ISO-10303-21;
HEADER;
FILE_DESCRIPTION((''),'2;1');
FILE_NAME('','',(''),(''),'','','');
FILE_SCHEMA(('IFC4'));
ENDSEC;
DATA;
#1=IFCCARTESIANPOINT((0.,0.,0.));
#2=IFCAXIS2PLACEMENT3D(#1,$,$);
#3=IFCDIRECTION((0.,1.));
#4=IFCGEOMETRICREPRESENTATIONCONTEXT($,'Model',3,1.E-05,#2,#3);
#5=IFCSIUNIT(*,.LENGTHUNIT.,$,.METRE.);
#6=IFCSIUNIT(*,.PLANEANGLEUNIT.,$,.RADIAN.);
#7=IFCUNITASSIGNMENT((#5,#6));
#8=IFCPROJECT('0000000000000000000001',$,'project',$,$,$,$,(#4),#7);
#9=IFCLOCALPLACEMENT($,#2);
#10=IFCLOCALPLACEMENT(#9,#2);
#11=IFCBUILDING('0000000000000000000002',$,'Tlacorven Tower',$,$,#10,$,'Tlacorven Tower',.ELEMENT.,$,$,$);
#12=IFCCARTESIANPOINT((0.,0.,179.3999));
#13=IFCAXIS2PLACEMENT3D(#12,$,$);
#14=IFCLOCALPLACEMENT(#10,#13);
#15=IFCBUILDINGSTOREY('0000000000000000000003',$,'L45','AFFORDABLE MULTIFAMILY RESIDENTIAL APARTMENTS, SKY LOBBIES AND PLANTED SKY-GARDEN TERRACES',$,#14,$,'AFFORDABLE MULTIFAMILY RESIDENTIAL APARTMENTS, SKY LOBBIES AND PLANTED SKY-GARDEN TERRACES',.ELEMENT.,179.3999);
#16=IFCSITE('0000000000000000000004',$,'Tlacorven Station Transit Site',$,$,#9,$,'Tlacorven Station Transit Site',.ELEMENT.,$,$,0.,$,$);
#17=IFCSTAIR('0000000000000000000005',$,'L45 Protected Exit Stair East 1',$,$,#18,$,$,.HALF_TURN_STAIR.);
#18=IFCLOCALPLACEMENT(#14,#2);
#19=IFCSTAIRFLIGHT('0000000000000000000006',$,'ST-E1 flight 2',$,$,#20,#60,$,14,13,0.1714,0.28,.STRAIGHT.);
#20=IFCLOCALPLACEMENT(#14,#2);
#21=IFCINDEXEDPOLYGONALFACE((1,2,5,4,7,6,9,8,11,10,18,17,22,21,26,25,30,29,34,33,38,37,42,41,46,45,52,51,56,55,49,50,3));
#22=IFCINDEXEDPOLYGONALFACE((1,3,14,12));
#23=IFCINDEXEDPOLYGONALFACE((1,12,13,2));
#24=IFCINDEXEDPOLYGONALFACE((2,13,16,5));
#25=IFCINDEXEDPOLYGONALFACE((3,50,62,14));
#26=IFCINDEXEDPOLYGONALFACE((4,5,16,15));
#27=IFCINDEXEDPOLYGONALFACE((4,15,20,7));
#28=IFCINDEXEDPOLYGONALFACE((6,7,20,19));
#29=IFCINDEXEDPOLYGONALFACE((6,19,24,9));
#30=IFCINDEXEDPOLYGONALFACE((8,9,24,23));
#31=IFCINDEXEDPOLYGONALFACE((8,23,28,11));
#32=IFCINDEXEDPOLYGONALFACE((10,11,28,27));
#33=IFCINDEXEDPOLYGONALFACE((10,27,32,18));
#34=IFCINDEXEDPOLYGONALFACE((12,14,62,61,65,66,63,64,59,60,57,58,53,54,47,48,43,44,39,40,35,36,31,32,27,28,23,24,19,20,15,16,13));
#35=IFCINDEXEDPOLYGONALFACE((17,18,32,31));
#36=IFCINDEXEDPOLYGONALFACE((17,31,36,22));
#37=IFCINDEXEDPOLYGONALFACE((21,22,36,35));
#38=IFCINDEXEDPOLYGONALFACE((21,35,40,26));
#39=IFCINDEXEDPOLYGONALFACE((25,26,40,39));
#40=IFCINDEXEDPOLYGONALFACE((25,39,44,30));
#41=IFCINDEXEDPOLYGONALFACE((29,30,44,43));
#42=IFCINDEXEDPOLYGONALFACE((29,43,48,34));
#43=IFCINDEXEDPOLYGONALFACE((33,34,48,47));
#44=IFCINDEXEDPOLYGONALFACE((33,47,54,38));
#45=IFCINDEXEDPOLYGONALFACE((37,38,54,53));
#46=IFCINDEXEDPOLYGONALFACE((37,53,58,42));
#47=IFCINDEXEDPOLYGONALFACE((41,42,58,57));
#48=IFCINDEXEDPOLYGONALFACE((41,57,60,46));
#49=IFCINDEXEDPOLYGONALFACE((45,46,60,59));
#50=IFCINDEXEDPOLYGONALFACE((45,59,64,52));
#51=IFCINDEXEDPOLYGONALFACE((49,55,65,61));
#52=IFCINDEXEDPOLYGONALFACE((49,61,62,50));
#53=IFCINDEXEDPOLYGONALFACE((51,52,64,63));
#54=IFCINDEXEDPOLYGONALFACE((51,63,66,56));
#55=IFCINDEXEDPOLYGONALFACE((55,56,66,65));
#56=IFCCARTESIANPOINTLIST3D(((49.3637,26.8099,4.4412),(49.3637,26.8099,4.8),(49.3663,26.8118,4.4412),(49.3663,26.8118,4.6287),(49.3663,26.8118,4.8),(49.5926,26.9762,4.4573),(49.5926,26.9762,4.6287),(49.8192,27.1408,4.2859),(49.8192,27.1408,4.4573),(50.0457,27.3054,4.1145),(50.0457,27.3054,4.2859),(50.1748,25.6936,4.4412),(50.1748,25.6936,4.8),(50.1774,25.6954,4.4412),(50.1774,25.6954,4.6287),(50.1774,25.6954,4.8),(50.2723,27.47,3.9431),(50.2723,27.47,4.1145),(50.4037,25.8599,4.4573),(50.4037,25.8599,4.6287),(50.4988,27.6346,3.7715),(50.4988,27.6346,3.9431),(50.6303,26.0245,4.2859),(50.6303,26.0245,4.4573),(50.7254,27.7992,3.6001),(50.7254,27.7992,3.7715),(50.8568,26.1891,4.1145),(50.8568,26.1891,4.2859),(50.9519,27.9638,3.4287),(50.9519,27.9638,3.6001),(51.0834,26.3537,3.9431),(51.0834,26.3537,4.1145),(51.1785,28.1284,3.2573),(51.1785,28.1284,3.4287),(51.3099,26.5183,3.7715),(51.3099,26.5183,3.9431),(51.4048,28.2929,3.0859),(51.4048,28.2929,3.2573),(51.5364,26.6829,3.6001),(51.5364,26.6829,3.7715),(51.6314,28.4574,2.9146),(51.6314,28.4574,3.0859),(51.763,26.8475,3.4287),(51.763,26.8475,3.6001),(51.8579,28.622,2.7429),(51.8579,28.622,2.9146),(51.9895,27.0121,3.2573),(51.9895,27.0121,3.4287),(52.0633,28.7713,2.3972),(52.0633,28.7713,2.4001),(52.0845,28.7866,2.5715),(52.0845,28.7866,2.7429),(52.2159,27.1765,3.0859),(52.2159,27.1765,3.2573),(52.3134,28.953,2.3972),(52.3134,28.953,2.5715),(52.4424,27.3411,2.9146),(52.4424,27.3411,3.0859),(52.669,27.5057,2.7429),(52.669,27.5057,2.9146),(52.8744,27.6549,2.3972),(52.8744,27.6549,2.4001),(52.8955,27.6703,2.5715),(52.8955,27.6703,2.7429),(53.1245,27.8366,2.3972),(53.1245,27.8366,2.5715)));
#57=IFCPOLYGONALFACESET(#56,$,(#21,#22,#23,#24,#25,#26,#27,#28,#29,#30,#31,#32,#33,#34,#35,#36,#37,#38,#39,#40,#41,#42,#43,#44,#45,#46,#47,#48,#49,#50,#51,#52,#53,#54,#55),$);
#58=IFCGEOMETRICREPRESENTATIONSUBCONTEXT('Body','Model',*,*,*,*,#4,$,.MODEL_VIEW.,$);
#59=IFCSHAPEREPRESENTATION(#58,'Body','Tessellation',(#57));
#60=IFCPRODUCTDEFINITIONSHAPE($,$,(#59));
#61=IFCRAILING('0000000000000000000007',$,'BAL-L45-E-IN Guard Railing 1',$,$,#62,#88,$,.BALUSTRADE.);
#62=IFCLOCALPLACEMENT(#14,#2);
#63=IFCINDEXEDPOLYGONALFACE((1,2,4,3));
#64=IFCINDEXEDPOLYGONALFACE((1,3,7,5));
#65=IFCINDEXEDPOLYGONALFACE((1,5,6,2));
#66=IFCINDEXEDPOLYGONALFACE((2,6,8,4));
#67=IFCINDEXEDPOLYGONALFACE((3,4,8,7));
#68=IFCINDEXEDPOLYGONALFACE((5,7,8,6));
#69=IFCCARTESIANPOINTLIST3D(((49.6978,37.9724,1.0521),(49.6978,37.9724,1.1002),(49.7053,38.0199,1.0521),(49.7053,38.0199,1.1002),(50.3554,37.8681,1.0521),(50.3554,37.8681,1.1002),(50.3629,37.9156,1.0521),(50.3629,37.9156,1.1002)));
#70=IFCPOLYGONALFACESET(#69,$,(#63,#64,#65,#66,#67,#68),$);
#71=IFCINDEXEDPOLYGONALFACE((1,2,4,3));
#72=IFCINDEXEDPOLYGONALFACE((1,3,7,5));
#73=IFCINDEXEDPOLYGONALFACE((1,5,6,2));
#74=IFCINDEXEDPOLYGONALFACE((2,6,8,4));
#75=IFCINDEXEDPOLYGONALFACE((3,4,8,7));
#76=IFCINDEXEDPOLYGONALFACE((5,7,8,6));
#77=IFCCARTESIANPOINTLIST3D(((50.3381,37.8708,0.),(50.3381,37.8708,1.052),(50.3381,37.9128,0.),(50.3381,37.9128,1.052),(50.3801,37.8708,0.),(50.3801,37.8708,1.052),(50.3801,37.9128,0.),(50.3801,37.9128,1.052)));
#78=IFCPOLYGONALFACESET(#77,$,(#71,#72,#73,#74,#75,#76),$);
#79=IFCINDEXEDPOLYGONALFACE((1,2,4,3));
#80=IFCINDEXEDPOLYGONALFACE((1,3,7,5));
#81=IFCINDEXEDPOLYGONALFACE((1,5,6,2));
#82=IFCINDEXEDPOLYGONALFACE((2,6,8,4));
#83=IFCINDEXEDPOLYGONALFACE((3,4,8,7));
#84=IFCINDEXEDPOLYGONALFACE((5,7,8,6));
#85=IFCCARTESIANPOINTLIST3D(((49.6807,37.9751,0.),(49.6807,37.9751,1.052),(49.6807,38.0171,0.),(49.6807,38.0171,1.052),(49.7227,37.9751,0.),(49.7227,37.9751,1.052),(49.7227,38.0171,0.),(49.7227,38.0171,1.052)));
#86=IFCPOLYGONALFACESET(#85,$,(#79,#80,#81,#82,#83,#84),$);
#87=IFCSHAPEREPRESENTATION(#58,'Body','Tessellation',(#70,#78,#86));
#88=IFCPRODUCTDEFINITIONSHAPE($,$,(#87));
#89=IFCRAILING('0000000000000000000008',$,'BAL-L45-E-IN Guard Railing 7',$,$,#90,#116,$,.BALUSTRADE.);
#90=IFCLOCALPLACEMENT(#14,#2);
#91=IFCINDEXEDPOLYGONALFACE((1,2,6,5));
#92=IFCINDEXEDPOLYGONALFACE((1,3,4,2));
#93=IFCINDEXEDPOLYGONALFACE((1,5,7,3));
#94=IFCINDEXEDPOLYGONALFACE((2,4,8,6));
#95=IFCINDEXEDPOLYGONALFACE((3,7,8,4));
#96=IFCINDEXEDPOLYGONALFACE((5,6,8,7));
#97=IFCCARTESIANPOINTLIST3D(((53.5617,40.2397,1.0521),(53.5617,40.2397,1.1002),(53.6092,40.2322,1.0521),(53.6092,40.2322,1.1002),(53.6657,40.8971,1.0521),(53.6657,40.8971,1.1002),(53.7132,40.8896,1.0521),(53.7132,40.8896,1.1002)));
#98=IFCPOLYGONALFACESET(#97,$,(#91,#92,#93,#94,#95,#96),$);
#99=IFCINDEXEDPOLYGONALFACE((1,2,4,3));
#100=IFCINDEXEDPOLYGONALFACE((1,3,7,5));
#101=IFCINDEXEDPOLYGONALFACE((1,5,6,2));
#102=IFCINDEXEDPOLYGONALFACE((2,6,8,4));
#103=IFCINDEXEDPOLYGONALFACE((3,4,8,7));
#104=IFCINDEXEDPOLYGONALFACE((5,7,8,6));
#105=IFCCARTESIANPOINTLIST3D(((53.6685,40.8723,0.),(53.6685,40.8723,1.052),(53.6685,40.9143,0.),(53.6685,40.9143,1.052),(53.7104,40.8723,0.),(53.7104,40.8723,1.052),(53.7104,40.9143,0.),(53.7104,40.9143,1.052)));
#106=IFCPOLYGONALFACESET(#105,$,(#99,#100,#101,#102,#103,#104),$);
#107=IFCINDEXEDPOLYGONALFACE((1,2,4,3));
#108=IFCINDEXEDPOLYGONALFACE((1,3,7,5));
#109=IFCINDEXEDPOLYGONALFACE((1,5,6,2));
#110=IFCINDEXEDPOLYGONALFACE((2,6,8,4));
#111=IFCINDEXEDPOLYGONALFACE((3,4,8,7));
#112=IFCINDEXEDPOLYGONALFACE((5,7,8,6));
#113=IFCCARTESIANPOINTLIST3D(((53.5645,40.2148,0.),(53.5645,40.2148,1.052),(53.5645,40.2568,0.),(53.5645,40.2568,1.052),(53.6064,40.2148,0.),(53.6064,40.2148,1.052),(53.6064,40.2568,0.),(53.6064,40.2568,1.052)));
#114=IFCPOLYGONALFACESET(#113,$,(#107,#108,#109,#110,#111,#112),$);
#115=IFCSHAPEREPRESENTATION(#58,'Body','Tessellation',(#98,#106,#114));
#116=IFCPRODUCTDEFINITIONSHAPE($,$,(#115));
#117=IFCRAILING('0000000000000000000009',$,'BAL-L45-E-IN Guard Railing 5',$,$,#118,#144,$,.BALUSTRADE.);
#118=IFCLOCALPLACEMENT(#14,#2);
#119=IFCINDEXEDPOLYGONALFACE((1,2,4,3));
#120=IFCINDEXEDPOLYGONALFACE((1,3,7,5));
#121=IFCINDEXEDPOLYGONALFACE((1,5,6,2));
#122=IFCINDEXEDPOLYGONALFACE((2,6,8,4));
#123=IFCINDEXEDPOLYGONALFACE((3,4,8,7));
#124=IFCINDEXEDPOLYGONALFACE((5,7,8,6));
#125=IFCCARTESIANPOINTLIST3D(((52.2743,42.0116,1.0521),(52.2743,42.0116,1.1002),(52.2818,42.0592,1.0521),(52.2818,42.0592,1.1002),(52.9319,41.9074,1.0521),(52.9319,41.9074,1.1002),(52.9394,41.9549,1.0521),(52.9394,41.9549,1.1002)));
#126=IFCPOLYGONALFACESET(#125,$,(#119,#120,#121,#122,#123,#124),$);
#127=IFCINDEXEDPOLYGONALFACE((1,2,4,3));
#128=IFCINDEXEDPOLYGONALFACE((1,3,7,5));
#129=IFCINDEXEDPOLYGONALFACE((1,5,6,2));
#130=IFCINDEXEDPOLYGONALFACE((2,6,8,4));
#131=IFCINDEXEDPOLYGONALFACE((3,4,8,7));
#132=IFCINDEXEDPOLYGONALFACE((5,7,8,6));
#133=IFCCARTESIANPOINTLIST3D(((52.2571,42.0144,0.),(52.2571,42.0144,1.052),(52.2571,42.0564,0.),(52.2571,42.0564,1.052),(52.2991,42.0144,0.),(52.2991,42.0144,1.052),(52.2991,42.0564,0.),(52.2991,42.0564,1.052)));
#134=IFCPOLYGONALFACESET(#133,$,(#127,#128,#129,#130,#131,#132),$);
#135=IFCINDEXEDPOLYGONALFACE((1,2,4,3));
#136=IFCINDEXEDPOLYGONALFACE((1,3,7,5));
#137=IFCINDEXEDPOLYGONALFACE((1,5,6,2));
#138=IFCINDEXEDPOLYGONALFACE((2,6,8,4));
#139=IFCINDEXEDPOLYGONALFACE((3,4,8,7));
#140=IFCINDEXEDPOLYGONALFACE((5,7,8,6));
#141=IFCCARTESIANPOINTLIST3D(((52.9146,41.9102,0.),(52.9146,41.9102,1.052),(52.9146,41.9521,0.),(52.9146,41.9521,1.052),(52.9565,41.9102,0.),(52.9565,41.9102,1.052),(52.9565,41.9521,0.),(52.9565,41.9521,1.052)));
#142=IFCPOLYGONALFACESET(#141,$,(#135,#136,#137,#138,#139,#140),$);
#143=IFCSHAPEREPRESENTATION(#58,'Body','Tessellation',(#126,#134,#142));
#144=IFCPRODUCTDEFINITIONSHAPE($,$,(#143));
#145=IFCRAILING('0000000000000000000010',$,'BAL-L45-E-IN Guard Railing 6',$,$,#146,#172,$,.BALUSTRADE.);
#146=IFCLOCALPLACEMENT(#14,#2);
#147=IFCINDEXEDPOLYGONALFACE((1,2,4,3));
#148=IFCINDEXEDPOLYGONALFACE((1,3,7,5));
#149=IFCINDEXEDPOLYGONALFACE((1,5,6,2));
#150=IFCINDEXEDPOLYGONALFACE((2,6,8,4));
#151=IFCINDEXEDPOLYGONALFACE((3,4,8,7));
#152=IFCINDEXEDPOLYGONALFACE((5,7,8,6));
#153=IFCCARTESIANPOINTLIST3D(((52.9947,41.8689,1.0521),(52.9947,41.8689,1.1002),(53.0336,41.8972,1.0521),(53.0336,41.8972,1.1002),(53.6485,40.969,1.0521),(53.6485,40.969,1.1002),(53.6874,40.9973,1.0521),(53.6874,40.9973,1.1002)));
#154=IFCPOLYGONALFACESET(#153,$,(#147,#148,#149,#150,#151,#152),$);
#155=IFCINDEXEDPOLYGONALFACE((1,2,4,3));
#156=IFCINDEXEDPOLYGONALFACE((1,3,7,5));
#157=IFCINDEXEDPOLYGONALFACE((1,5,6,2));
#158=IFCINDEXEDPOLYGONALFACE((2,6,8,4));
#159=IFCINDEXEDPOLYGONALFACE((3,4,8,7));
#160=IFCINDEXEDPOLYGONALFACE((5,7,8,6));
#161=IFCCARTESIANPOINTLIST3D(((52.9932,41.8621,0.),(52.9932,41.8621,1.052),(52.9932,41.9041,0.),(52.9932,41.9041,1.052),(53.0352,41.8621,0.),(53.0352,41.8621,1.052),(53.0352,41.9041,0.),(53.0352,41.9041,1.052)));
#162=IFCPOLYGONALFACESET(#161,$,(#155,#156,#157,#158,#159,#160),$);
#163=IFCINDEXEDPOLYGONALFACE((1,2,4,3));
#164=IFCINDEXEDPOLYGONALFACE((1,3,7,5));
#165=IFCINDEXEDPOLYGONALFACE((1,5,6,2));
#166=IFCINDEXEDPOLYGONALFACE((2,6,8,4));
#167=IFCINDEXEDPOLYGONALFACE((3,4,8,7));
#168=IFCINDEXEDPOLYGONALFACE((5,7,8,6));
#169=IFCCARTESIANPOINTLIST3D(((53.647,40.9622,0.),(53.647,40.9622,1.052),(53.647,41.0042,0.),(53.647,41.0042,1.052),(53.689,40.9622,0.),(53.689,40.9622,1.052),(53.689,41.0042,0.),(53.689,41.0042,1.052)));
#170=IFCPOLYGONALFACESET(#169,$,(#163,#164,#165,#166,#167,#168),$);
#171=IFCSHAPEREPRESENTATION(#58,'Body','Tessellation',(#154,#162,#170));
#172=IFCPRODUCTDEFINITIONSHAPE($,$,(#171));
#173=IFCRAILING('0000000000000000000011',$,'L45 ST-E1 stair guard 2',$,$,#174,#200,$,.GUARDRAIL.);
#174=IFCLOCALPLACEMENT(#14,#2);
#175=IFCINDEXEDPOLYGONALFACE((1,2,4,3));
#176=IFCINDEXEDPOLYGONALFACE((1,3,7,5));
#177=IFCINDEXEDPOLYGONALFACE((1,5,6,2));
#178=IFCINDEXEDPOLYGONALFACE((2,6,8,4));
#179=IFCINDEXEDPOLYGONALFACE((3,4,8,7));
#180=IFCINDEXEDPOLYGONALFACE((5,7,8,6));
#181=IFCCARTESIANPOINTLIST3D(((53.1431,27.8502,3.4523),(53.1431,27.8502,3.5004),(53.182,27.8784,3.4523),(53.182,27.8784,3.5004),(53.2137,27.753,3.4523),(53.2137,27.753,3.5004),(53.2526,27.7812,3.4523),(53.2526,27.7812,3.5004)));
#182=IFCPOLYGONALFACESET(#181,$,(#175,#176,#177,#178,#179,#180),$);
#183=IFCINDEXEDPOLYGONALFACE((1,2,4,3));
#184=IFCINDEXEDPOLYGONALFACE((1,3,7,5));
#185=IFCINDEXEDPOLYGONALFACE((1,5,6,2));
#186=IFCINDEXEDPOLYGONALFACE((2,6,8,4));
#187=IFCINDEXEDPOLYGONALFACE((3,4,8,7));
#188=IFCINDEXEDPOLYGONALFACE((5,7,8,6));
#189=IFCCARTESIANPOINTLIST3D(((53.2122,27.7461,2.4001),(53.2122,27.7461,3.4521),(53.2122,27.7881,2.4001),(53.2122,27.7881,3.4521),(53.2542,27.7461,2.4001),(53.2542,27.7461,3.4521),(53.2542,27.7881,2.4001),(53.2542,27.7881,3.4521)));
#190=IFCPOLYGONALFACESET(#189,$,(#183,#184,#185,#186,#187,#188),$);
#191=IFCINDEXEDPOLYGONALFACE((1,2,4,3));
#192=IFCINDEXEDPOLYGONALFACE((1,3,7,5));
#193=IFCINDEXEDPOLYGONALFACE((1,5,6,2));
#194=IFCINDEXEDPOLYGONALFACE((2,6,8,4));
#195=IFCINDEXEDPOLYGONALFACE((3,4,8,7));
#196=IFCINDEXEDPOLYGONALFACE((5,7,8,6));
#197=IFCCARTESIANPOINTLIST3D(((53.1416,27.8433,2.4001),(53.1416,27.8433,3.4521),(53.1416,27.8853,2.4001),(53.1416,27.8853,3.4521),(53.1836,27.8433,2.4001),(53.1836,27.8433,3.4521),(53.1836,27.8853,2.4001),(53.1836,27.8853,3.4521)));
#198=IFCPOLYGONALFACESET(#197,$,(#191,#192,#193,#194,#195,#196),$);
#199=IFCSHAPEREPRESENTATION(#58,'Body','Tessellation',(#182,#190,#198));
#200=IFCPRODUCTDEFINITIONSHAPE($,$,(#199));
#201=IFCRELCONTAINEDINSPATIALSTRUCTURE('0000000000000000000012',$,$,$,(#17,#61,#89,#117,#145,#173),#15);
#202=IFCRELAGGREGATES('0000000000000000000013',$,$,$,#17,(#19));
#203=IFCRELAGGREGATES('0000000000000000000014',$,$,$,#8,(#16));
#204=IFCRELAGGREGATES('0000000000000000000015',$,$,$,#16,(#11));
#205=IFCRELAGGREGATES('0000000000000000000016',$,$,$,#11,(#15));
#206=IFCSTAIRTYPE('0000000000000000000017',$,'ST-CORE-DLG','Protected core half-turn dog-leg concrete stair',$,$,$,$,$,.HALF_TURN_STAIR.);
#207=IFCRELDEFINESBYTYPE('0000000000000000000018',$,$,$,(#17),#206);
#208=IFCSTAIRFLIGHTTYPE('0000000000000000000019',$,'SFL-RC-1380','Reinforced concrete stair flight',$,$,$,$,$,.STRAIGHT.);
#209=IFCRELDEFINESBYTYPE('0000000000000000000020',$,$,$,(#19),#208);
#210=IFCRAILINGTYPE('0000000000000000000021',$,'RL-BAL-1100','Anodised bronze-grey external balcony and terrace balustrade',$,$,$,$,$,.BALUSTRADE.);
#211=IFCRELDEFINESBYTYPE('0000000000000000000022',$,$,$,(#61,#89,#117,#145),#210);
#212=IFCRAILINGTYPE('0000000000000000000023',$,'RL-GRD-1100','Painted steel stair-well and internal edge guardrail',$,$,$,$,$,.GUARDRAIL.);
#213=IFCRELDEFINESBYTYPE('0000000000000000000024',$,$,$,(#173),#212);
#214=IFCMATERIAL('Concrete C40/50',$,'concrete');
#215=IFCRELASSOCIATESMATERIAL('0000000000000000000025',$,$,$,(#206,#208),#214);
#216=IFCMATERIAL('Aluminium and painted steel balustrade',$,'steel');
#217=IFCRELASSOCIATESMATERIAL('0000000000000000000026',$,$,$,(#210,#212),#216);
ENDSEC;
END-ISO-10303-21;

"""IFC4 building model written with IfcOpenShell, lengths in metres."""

from ifc_helpers import new_model, si_unit, direction, frame, origin, origin_2d, place, context, subcontext, project, spatial, polyline, rectangle, outline, extrude, source, transform, mapped, material, type_object, element, aggregate, save


model = new_model("IFC4")

# Units and contexts
model_context = context("Model", 3, precision=1e-05, world=origin(), true_north=direction((0.0, 1.0)))
body_context = subcontext(model_context, "Body", "Model", "MODEL_VIEW")
ifc_project = project(units=[si_unit("LENGTHUNIT", "METRE"), si_unit("PLANEANGLEUNIT", "RADIAN")], contexts=[model_context])

# Site, building, storey
site_placement = place(None, origin())
site = spatial("IfcSite", under=ifc_project, at=site_placement, Name="Tlacorven Station Transit Site", LongName="Tlacorven Station Transit Site", CompositionType="ELEMENT", RefElevation=0.0)
building_placement = place(site_placement, origin())
building = spatial("IfcBuilding", under=site, at=building_placement, Name="Tlacorven Tower", LongName="Tlacorven Tower", CompositionType="ELEMENT")
storey_placement = place(building_placement, frame((0.0, 0.0, 179.3999)))
storey = spatial("IfcBuildingStorey", under=building, at=storey_placement, Name="L45", Description="AFFORDABLE MULTIFAMILY RESIDENTIAL APARTMENTS, SKY LOBBIES AND PLANTED SKY-GARDEN TERRACES", LongName="AFFORDABLE MULTIFAMILY RESIDENTIAL APARTMENTS, SKY LOBBIES AND PLANTED SKY-GARDEN TERRACES", CompositionType="ELEMENT", Elevation=179.3999)

# Stair, stair flight
ifc_material_1 = material(Name="Concrete C40/50", Category="concrete")
stair_type = type_object("IfcStairType", Name="ST-CORE-DLG", Description="Protected core half-turn dog-leg concrete stair", PredefinedType="HALF_TURN_STAIR", material=ifc_material_1)
stair_placement = place(storey_placement, origin())
stair = element("IfcStair", 1, at=stair_placement, inside=storey, type_object=stair_type, Name="L45 Protected Exit Stair East 1", PredefinedType="HALF_TURN_STAIR")
stair_flight_type = type_object("IfcStairFlightType", Name="SFL-RC-1380", Description="Reinforced concrete stair flight", PredefinedType="STRAIGHT", material=ifc_material_1)
shared_shape_1 = source(origin(), body_context, "Body", "SweptSolid", [
    extrude(outline(polyline([(-0.0029, -0.0029), (-0.0029, 0.1714), (0.28, 0.1714), (0.28, 0.3428), (0.5601, 0.3428), (0.5601, 0.5144), (0.8401, 0.5144), (0.8401, 0.6858), (1.1201, 0.6858), (1.1201, 0.8572), (1.3999, 0.8572), (1.3999, 1.0286), (1.6799, 1.0286), (1.6799, 1.2), (1.96, 1.2), (1.96, 1.3713), (2.24, 1.3713), (2.24, 1.543), (2.52, 1.543), (2.52, 1.7144), (2.8, 1.7144), (2.8, 1.8857), (3.0801, 1.8857), (3.0801, 2.0571), (3.3601, 2.0571), (3.3601, 2.2285), (3.6399, 2.2285), (3.6399, 2.3999), (3.6431, 2.3999), (3.6431, 2.041), (3.6399, 2.041), (0.3062, 0.0), (0.3062, -0.0029), (-0.0029, -0.0029)])), frame((0.0, 0.6899, 0.0), z_axis=(0.0, -1.0, 0.0), x_axis=(1.0, 0.0, 0.0)), (0.0, 0.0, 1.0), 1.3799),
])
stair_flight_placement = place(storey_placement, frame((52.7166, 28.3931, 2.4001), z_axis=(0.0, 0.0, 1.0), x_axis=(-0.809017, -0.587785, 0.0)))
stair_flight = element("IfcStairFlight", 2, at=stair_flight_placement, type_object=stair_flight_type, Name="ST-E1 flight 2", NumberOfRisers=14, NumberOfTreads=13, PredefinedType="STRAIGHT", RiserHeight=0.1714, TreadLength=0.28, context=body_context, shape_type="MappedRepresentation", body=[
    mapped(shared_shape_1, transform((0.0, 0.0, 0.0), scale=1.0)),
])
aggregate(stair, [stair_flight])

# Railings
ifc_material_2 = material(Name="Aluminium and painted steel balustrade", Category="steel")
railing_type_1 = type_object("IfcRailingType", Name="RL-BAL-1100", Description="Anodised bronze-grey external balcony and terrace balustrade", PredefinedType="BALUSTRADE", material=ifc_material_2)
shared_shape_2 = source(origin(), body_context, "Body", "SweptSolid", [
    extrude(rectangle(XDim=0.0481, YDim=0.0481, at=origin_2d()), frame((0.0, 0.0, 1.0762), z_axis=(-0.987662, 0.156603, 0.0), x_axis=(-0.156603, -0.987662, 0.0)), (0.0, 0.0, 1.0), 0.6658),
    extrude(rectangle(XDim=0.042, YDim=0.042, at=origin_2d()), origin(), (0.0, 0.0, 1.0), 1.052),
    extrude(rectangle(XDim=0.042, YDim=0.042, at=origin_2d()), frame((-0.6575, 0.1042, 0.0)), (0.0, 0.0, 1.0), 1.052),
])
railing_1_placement = place(storey_placement, frame((50.3591, 37.8918, 0.0)))
element("IfcRailing", 3, at=railing_1_placement, inside=storey, type_object=railing_type_1, Name="BAL-L45-E-IN Guard Railing 1", PredefinedType="BALUSTRADE", context=body_context, shape_type="MappedRepresentation", body=[
    mapped(shared_shape_2, transform((0.0, 0.0, 0.0), scale=1.0)),
])
shared_shape_3 = source(origin(), body_context, "Body", "SweptSolid", [
    extrude(rectangle(XDim=0.0481, YDim=0.0481, at=origin_2d()), frame((0.0, 0.0, 1.0762), z_axis=(-0.156245, -0.987718, 0.0), x_axis=(0.987718, -0.156245, 0.0)), (0.0, 0.0, 1.0), 0.6655),
    extrude(rectangle(XDim=0.042, YDim=0.042, at=origin_2d()), origin(), (0.0, 0.0, 1.0), 1.052),
    extrude(rectangle(XDim=0.042, YDim=0.042, at=origin_2d()), frame((-0.104, -0.6575, 0.0)), (0.0, 0.0, 1.0), 1.052),
])
railing_2_placement = place(storey_placement, frame((53.6895, 40.8933, 0.0)))
element("IfcRailing", 4, at=railing_2_placement, inside=storey, type_object=railing_type_1, Name="BAL-L45-E-IN Guard Railing 7", PredefinedType="BALUSTRADE", context=body_context, shape_type="MappedRepresentation", body=[
    mapped(shared_shape_3, transform((0.0, 0.0, 0.0), scale=1.0)),
])
shared_shape_4 = source(origin(), body_context, "Body", "SweptSolid", [
    extrude(rectangle(XDim=0.0481, YDim=0.0481, at=origin_2d()), frame((0.0, 0.0, 1.0762), z_axis=(0.987662, -0.156603, 0.0), x_axis=(0.156603, 0.987662, 0.0)), (0.0, 0.0, 1.0), 0.6658),
    extrude(rectangle(XDim=0.042, YDim=0.042, at=origin_2d()), origin(), (0.0, 0.0, 1.0), 1.052),
    extrude(rectangle(XDim=0.042, YDim=0.042, at=origin_2d()), frame((0.6575, -0.1042, 0.0)), (0.0, 0.0, 1.0), 1.052),
])
railing_3_placement = place(storey_placement, frame((52.2781, 42.0354, 0.0)))
element("IfcRailing", 5, at=railing_3_placement, inside=storey, type_object=railing_type_1, Name="BAL-L45-E-IN Guard Railing 5", PredefinedType="BALUSTRADE", context=body_context, shape_type="MappedRepresentation", body=[
    mapped(shared_shape_4, transform((0.0, 0.0, 0.0), scale=1.0)),
])
shared_shape_5 = source(origin(), body_context, "Body", "SweptSolid", [
    extrude(rectangle(XDim=0.0481, YDim=0.0481, at=origin_2d()), frame((0.0, 0.0, 1.0762), z_axis=(0.58778, -0.809021, 0.0), x_axis=(0.809021, 0.58778, 0.0)), (0.0, 0.0, 1.0), 1.1123),
    extrude(rectangle(XDim=0.042, YDim=0.042, at=origin_2d()), origin(), (0.0, 0.0, 1.0), 1.052),
    extrude(rectangle(XDim=0.042, YDim=0.042, at=origin_2d()), frame((0.6538, -0.8999, 0.0)), (0.0, 0.0, 1.0), 1.052),
])
railing_4_placement = place(storey_placement, frame((53.0142, 41.8831, 0.0)))
element("IfcRailing", 6, at=railing_4_placement, inside=storey, type_object=railing_type_1, Name="BAL-L45-E-IN Guard Railing 6", PredefinedType="BALUSTRADE", context=body_context, shape_type="MappedRepresentation", body=[
    mapped(shared_shape_5, transform((0.0, 0.0, 0.0), scale=1.0)),
])
railing_type_2 = type_object("IfcRailingType", Name="RL-GRD-1100", Description="Painted steel stair-well and internal edge guardrail", PredefinedType="GUARDRAIL", material=ifc_material_2)
shared_shape_6 = source(origin(), body_context, "Body", "SweptSolid", [
    extrude(rectangle(XDim=0.0481, YDim=0.0481, at=origin_2d()), frame((0.0, 0.0, 1.0762), z_axis=(-0.587567, 0.809175, 0.0), x_axis=(-0.809175, -0.587567, 0.0)), (0.0, 0.0, 1.0), 0.1201),
    extrude(rectangle(XDim=0.042, YDim=0.042, at=origin_2d()), origin(), (0.0, 0.0, 1.0), 1.052),
    extrude(rectangle(XDim=0.042, YDim=0.042, at=origin_2d()), frame((-0.0706, 0.0972, 0.0)), (0.0, 0.0, 1.0), 1.052),
])
railing_5_placement = place(storey_placement, frame((53.2332, 27.7671, 2.4001)))
element("IfcRailing", 7, at=railing_5_placement, inside=storey, type_object=railing_type_2, Name="L45 ST-E1 stair guard 2", PredefinedType="GUARDRAIL", context=body_context, shape_type="MappedRepresentation", body=[
    mapped(shared_shape_6, transform((0.0, 0.0, 0.0), scale=1.0)),
])

save(model, "model.ifc")
